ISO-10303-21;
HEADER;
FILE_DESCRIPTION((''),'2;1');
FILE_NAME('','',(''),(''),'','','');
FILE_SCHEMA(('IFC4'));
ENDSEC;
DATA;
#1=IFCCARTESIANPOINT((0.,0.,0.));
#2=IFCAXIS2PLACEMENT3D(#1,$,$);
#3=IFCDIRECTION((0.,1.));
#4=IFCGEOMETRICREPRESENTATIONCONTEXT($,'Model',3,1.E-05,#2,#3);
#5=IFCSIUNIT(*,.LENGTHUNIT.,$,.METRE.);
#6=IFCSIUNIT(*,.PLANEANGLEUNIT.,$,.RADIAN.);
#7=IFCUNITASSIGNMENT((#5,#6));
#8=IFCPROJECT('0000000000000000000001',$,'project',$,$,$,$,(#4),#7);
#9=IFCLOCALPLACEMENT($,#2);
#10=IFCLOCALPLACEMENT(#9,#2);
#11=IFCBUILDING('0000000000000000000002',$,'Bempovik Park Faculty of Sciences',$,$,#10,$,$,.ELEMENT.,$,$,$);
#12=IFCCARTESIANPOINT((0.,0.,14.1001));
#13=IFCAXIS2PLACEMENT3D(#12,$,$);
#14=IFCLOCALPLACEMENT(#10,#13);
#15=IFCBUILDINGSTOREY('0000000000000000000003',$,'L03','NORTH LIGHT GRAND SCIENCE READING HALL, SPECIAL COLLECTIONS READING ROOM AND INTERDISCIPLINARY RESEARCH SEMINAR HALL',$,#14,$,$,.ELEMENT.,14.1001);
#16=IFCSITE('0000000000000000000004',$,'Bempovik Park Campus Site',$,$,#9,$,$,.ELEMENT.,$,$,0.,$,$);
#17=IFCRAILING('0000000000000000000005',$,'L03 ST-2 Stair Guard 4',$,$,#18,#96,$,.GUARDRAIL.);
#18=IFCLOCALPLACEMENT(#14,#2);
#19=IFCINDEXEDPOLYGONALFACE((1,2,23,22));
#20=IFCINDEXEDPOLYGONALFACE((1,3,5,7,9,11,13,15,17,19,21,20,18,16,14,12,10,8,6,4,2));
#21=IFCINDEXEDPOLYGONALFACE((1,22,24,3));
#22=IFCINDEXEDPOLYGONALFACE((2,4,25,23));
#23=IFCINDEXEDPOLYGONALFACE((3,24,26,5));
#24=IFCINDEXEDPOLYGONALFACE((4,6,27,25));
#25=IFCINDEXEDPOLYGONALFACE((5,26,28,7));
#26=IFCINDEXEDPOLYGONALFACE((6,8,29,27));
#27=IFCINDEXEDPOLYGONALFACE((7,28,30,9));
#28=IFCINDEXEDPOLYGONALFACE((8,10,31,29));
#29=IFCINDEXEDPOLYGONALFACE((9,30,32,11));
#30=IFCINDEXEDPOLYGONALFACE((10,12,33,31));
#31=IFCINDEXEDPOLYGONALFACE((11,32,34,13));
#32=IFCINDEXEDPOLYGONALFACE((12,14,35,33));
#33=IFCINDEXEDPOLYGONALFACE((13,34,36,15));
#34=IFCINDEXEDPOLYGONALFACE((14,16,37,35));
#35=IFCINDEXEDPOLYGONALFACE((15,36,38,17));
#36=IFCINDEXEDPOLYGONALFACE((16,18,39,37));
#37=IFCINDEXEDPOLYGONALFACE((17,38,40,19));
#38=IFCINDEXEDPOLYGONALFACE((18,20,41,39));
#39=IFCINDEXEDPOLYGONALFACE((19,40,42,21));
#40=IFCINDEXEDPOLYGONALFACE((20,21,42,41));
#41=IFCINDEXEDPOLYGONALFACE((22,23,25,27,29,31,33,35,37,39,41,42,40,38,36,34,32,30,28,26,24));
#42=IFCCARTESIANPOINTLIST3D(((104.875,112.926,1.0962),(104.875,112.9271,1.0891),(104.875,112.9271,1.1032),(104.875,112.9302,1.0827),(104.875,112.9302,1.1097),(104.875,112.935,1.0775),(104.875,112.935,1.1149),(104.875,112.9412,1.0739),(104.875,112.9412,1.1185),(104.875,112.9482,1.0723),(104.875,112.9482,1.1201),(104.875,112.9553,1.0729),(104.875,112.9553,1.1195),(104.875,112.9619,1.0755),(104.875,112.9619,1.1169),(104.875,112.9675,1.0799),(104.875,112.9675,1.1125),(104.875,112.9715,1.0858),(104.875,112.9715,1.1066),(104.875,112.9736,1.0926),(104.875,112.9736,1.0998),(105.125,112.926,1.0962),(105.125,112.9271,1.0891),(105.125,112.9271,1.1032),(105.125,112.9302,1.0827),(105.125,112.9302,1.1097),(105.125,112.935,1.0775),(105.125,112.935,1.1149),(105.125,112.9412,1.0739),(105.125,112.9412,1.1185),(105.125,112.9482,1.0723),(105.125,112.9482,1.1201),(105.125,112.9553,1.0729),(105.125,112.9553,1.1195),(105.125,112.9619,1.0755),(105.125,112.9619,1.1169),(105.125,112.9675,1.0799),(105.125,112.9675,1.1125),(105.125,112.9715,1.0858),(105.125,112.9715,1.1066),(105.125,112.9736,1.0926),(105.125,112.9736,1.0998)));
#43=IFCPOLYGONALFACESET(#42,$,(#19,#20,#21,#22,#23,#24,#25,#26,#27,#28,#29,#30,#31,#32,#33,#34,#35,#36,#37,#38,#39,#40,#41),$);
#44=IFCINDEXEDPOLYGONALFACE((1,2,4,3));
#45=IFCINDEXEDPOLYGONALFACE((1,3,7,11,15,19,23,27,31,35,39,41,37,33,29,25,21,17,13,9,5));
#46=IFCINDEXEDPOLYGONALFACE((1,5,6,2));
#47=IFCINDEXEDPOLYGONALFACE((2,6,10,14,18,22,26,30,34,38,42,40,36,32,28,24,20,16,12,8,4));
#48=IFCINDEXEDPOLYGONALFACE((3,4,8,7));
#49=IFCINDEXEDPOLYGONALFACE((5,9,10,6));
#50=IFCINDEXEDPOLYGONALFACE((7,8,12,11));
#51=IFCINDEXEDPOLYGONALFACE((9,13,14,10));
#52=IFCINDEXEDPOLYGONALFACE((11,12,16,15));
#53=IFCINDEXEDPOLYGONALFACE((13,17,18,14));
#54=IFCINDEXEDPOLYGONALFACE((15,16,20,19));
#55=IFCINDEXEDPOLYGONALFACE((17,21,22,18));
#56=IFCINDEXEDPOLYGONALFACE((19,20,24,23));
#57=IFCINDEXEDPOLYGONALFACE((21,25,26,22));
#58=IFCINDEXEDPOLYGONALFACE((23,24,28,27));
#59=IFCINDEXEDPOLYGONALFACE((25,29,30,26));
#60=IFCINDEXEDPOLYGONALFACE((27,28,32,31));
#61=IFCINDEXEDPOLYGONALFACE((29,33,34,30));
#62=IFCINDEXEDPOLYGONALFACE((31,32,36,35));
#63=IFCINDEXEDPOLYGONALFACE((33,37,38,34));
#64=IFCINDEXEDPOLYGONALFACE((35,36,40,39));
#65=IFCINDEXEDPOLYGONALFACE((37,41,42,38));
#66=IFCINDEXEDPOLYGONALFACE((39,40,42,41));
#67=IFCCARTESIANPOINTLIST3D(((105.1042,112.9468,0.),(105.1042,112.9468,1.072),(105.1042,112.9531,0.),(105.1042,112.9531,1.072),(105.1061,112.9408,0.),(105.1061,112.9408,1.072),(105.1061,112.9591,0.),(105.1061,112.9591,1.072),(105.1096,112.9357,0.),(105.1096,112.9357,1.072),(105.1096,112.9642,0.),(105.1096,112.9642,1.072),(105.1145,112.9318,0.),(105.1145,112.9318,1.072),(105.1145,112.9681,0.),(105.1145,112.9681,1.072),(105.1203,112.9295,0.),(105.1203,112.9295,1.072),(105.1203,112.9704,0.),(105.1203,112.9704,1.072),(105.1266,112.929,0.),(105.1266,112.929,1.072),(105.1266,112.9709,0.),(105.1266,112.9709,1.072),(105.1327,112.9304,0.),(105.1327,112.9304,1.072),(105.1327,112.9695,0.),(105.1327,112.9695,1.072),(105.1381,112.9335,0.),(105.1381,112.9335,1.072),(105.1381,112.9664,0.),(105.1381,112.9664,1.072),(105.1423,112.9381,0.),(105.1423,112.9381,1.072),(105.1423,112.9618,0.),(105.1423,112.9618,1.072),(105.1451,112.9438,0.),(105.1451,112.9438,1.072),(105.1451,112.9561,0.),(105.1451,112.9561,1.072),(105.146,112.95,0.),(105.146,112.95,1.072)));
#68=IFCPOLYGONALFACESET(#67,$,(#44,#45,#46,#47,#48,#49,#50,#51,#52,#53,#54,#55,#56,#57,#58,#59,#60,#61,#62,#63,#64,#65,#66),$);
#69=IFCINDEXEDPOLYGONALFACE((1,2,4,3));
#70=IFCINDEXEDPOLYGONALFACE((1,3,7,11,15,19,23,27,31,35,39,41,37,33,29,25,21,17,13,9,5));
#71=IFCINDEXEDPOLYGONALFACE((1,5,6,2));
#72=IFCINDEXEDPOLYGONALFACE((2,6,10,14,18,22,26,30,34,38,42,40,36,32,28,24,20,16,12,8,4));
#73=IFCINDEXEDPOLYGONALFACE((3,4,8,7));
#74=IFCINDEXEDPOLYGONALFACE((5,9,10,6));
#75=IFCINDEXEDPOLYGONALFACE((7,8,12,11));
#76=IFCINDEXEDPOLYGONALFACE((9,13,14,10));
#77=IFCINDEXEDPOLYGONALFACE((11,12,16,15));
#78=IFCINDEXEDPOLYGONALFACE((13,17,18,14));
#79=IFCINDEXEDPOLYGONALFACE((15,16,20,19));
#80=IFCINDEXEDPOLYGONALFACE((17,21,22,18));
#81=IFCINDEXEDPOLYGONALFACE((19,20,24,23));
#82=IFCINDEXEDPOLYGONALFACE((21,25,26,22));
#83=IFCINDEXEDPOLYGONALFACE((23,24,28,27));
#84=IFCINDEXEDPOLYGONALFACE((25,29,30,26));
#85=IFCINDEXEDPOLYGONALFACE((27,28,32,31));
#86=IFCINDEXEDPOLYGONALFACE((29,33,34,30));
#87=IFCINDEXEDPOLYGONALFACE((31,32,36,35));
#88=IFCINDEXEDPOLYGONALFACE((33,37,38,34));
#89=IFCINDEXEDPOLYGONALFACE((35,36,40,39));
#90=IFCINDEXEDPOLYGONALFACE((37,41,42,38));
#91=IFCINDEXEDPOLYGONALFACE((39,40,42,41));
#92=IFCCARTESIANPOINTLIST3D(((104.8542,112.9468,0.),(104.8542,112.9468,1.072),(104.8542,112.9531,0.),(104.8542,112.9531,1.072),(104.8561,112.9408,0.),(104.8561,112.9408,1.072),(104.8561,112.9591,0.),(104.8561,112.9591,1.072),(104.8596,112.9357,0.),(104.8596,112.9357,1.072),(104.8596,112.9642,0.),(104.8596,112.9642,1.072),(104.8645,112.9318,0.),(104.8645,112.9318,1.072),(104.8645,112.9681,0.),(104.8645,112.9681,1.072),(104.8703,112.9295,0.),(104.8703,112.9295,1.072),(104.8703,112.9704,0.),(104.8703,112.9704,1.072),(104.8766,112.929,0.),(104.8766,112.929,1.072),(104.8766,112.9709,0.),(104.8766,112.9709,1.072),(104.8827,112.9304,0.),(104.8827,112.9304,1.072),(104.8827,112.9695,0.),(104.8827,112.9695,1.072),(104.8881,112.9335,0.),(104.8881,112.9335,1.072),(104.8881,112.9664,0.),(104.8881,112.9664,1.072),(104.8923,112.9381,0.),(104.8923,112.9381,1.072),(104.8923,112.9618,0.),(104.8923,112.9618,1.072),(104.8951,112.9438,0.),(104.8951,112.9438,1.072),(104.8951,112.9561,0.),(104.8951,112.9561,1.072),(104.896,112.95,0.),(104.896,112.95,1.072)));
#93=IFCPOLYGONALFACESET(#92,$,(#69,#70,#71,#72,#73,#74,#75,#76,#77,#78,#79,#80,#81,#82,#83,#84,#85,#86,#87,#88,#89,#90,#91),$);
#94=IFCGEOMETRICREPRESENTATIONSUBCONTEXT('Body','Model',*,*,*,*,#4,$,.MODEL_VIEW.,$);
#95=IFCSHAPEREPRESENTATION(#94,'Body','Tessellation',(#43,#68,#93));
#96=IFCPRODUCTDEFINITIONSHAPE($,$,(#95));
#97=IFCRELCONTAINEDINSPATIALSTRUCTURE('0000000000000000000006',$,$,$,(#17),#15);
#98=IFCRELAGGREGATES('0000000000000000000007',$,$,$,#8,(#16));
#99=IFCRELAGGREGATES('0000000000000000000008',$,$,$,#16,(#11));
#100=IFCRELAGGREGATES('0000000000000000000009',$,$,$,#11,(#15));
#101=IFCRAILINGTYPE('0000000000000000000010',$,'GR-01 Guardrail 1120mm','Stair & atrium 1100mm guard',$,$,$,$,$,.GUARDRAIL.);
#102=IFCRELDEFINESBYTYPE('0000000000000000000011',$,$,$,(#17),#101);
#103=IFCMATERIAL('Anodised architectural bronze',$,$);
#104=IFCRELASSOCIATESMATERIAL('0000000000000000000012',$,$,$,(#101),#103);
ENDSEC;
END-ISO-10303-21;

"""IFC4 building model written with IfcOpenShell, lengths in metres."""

from ifc_helpers import new_model, si_unit, direction, frame, origin, origin_2d, place, context, subcontext, project, spatial, circle, extrude, material, type_object, element, save


model = new_model("IFC4")

# Units and contexts
model_context = context("Model", 3, precision=1e-05, world=origin(), true_north=direction((0.0, 1.0)))
body_context = subcontext(model_context, "Body", "Model", "MODEL_VIEW")
ifc_project = project(units=[si_unit("LENGTHUNIT", "METRE"), si_unit("PLANEANGLEUNIT", "RADIAN")], contexts=[model_context])

# Site, building, storey
site_placement = place(None, origin())
site = spatial("IfcSite", under=ifc_project, at=site_placement, Name="Bempovik Park Campus Site", CompositionType="ELEMENT", RefElevation=0.0)
building_placement = place(site_placement, origin())
building = spatial("IfcBuilding", under=site, at=building_placement, Name="Bempovik Park Faculty of Sciences", CompositionType="ELEMENT")
storey_placement = place(building_placement, frame((0.0, 0.0, 14.1001)))
storey = spatial("IfcBuildingStorey", under=building, at=storey_placement, Name="L03", Description="NORTH LIGHT GRAND SCIENCE READING HALL, SPECIAL COLLECTIONS READING ROOM AND INTERDISCIPLINARY RESEARCH SEMINAR HALL", CompositionType="ELEMENT", Elevation=14.1001)

# Shared definitions
ifc_material_1 = material(Name="Anodised architectural bronze")

# Railing
railing_type_1 = type_object("IfcRailingType", Name="GR-01 Guardrail 1120mm", Description="Stair & atrium 1100mm guard", PredefinedType="GUARDRAIL", material=ifc_material_1)
railing_1_placement = place(storey_placement, frame((105.125, 112.95, 0.0)))
element("IfcRailing", 1, at=railing_1_placement, inside=storey, type_object=railing_type_1, Name="L03 ST-2 Stair Guard 4", PredefinedType="GUARDRAIL", context=body_context, shape_type="SweptSolid", body=[
    extrude(circle(Radius=0.0239, at=origin_2d()), frame((0.0, 0.0, 1.0962), z_axis=(-1.0, 0.0, 0.0), x_axis=(0.0, -1.0, 0.0)), (0.0, 0.0, 1.0), 0.25),
    extrude(circle(Radius=0.021, at=origin_2d()), origin(), (0.0, 0.0, 1.0), 1.072),
    extrude(circle(Radius=0.021, at=origin_2d()), frame((-0.25, 0.0, 0.0)), (0.0, 0.0, 1.0), 1.072),
])

save(model, "model.ifc")
